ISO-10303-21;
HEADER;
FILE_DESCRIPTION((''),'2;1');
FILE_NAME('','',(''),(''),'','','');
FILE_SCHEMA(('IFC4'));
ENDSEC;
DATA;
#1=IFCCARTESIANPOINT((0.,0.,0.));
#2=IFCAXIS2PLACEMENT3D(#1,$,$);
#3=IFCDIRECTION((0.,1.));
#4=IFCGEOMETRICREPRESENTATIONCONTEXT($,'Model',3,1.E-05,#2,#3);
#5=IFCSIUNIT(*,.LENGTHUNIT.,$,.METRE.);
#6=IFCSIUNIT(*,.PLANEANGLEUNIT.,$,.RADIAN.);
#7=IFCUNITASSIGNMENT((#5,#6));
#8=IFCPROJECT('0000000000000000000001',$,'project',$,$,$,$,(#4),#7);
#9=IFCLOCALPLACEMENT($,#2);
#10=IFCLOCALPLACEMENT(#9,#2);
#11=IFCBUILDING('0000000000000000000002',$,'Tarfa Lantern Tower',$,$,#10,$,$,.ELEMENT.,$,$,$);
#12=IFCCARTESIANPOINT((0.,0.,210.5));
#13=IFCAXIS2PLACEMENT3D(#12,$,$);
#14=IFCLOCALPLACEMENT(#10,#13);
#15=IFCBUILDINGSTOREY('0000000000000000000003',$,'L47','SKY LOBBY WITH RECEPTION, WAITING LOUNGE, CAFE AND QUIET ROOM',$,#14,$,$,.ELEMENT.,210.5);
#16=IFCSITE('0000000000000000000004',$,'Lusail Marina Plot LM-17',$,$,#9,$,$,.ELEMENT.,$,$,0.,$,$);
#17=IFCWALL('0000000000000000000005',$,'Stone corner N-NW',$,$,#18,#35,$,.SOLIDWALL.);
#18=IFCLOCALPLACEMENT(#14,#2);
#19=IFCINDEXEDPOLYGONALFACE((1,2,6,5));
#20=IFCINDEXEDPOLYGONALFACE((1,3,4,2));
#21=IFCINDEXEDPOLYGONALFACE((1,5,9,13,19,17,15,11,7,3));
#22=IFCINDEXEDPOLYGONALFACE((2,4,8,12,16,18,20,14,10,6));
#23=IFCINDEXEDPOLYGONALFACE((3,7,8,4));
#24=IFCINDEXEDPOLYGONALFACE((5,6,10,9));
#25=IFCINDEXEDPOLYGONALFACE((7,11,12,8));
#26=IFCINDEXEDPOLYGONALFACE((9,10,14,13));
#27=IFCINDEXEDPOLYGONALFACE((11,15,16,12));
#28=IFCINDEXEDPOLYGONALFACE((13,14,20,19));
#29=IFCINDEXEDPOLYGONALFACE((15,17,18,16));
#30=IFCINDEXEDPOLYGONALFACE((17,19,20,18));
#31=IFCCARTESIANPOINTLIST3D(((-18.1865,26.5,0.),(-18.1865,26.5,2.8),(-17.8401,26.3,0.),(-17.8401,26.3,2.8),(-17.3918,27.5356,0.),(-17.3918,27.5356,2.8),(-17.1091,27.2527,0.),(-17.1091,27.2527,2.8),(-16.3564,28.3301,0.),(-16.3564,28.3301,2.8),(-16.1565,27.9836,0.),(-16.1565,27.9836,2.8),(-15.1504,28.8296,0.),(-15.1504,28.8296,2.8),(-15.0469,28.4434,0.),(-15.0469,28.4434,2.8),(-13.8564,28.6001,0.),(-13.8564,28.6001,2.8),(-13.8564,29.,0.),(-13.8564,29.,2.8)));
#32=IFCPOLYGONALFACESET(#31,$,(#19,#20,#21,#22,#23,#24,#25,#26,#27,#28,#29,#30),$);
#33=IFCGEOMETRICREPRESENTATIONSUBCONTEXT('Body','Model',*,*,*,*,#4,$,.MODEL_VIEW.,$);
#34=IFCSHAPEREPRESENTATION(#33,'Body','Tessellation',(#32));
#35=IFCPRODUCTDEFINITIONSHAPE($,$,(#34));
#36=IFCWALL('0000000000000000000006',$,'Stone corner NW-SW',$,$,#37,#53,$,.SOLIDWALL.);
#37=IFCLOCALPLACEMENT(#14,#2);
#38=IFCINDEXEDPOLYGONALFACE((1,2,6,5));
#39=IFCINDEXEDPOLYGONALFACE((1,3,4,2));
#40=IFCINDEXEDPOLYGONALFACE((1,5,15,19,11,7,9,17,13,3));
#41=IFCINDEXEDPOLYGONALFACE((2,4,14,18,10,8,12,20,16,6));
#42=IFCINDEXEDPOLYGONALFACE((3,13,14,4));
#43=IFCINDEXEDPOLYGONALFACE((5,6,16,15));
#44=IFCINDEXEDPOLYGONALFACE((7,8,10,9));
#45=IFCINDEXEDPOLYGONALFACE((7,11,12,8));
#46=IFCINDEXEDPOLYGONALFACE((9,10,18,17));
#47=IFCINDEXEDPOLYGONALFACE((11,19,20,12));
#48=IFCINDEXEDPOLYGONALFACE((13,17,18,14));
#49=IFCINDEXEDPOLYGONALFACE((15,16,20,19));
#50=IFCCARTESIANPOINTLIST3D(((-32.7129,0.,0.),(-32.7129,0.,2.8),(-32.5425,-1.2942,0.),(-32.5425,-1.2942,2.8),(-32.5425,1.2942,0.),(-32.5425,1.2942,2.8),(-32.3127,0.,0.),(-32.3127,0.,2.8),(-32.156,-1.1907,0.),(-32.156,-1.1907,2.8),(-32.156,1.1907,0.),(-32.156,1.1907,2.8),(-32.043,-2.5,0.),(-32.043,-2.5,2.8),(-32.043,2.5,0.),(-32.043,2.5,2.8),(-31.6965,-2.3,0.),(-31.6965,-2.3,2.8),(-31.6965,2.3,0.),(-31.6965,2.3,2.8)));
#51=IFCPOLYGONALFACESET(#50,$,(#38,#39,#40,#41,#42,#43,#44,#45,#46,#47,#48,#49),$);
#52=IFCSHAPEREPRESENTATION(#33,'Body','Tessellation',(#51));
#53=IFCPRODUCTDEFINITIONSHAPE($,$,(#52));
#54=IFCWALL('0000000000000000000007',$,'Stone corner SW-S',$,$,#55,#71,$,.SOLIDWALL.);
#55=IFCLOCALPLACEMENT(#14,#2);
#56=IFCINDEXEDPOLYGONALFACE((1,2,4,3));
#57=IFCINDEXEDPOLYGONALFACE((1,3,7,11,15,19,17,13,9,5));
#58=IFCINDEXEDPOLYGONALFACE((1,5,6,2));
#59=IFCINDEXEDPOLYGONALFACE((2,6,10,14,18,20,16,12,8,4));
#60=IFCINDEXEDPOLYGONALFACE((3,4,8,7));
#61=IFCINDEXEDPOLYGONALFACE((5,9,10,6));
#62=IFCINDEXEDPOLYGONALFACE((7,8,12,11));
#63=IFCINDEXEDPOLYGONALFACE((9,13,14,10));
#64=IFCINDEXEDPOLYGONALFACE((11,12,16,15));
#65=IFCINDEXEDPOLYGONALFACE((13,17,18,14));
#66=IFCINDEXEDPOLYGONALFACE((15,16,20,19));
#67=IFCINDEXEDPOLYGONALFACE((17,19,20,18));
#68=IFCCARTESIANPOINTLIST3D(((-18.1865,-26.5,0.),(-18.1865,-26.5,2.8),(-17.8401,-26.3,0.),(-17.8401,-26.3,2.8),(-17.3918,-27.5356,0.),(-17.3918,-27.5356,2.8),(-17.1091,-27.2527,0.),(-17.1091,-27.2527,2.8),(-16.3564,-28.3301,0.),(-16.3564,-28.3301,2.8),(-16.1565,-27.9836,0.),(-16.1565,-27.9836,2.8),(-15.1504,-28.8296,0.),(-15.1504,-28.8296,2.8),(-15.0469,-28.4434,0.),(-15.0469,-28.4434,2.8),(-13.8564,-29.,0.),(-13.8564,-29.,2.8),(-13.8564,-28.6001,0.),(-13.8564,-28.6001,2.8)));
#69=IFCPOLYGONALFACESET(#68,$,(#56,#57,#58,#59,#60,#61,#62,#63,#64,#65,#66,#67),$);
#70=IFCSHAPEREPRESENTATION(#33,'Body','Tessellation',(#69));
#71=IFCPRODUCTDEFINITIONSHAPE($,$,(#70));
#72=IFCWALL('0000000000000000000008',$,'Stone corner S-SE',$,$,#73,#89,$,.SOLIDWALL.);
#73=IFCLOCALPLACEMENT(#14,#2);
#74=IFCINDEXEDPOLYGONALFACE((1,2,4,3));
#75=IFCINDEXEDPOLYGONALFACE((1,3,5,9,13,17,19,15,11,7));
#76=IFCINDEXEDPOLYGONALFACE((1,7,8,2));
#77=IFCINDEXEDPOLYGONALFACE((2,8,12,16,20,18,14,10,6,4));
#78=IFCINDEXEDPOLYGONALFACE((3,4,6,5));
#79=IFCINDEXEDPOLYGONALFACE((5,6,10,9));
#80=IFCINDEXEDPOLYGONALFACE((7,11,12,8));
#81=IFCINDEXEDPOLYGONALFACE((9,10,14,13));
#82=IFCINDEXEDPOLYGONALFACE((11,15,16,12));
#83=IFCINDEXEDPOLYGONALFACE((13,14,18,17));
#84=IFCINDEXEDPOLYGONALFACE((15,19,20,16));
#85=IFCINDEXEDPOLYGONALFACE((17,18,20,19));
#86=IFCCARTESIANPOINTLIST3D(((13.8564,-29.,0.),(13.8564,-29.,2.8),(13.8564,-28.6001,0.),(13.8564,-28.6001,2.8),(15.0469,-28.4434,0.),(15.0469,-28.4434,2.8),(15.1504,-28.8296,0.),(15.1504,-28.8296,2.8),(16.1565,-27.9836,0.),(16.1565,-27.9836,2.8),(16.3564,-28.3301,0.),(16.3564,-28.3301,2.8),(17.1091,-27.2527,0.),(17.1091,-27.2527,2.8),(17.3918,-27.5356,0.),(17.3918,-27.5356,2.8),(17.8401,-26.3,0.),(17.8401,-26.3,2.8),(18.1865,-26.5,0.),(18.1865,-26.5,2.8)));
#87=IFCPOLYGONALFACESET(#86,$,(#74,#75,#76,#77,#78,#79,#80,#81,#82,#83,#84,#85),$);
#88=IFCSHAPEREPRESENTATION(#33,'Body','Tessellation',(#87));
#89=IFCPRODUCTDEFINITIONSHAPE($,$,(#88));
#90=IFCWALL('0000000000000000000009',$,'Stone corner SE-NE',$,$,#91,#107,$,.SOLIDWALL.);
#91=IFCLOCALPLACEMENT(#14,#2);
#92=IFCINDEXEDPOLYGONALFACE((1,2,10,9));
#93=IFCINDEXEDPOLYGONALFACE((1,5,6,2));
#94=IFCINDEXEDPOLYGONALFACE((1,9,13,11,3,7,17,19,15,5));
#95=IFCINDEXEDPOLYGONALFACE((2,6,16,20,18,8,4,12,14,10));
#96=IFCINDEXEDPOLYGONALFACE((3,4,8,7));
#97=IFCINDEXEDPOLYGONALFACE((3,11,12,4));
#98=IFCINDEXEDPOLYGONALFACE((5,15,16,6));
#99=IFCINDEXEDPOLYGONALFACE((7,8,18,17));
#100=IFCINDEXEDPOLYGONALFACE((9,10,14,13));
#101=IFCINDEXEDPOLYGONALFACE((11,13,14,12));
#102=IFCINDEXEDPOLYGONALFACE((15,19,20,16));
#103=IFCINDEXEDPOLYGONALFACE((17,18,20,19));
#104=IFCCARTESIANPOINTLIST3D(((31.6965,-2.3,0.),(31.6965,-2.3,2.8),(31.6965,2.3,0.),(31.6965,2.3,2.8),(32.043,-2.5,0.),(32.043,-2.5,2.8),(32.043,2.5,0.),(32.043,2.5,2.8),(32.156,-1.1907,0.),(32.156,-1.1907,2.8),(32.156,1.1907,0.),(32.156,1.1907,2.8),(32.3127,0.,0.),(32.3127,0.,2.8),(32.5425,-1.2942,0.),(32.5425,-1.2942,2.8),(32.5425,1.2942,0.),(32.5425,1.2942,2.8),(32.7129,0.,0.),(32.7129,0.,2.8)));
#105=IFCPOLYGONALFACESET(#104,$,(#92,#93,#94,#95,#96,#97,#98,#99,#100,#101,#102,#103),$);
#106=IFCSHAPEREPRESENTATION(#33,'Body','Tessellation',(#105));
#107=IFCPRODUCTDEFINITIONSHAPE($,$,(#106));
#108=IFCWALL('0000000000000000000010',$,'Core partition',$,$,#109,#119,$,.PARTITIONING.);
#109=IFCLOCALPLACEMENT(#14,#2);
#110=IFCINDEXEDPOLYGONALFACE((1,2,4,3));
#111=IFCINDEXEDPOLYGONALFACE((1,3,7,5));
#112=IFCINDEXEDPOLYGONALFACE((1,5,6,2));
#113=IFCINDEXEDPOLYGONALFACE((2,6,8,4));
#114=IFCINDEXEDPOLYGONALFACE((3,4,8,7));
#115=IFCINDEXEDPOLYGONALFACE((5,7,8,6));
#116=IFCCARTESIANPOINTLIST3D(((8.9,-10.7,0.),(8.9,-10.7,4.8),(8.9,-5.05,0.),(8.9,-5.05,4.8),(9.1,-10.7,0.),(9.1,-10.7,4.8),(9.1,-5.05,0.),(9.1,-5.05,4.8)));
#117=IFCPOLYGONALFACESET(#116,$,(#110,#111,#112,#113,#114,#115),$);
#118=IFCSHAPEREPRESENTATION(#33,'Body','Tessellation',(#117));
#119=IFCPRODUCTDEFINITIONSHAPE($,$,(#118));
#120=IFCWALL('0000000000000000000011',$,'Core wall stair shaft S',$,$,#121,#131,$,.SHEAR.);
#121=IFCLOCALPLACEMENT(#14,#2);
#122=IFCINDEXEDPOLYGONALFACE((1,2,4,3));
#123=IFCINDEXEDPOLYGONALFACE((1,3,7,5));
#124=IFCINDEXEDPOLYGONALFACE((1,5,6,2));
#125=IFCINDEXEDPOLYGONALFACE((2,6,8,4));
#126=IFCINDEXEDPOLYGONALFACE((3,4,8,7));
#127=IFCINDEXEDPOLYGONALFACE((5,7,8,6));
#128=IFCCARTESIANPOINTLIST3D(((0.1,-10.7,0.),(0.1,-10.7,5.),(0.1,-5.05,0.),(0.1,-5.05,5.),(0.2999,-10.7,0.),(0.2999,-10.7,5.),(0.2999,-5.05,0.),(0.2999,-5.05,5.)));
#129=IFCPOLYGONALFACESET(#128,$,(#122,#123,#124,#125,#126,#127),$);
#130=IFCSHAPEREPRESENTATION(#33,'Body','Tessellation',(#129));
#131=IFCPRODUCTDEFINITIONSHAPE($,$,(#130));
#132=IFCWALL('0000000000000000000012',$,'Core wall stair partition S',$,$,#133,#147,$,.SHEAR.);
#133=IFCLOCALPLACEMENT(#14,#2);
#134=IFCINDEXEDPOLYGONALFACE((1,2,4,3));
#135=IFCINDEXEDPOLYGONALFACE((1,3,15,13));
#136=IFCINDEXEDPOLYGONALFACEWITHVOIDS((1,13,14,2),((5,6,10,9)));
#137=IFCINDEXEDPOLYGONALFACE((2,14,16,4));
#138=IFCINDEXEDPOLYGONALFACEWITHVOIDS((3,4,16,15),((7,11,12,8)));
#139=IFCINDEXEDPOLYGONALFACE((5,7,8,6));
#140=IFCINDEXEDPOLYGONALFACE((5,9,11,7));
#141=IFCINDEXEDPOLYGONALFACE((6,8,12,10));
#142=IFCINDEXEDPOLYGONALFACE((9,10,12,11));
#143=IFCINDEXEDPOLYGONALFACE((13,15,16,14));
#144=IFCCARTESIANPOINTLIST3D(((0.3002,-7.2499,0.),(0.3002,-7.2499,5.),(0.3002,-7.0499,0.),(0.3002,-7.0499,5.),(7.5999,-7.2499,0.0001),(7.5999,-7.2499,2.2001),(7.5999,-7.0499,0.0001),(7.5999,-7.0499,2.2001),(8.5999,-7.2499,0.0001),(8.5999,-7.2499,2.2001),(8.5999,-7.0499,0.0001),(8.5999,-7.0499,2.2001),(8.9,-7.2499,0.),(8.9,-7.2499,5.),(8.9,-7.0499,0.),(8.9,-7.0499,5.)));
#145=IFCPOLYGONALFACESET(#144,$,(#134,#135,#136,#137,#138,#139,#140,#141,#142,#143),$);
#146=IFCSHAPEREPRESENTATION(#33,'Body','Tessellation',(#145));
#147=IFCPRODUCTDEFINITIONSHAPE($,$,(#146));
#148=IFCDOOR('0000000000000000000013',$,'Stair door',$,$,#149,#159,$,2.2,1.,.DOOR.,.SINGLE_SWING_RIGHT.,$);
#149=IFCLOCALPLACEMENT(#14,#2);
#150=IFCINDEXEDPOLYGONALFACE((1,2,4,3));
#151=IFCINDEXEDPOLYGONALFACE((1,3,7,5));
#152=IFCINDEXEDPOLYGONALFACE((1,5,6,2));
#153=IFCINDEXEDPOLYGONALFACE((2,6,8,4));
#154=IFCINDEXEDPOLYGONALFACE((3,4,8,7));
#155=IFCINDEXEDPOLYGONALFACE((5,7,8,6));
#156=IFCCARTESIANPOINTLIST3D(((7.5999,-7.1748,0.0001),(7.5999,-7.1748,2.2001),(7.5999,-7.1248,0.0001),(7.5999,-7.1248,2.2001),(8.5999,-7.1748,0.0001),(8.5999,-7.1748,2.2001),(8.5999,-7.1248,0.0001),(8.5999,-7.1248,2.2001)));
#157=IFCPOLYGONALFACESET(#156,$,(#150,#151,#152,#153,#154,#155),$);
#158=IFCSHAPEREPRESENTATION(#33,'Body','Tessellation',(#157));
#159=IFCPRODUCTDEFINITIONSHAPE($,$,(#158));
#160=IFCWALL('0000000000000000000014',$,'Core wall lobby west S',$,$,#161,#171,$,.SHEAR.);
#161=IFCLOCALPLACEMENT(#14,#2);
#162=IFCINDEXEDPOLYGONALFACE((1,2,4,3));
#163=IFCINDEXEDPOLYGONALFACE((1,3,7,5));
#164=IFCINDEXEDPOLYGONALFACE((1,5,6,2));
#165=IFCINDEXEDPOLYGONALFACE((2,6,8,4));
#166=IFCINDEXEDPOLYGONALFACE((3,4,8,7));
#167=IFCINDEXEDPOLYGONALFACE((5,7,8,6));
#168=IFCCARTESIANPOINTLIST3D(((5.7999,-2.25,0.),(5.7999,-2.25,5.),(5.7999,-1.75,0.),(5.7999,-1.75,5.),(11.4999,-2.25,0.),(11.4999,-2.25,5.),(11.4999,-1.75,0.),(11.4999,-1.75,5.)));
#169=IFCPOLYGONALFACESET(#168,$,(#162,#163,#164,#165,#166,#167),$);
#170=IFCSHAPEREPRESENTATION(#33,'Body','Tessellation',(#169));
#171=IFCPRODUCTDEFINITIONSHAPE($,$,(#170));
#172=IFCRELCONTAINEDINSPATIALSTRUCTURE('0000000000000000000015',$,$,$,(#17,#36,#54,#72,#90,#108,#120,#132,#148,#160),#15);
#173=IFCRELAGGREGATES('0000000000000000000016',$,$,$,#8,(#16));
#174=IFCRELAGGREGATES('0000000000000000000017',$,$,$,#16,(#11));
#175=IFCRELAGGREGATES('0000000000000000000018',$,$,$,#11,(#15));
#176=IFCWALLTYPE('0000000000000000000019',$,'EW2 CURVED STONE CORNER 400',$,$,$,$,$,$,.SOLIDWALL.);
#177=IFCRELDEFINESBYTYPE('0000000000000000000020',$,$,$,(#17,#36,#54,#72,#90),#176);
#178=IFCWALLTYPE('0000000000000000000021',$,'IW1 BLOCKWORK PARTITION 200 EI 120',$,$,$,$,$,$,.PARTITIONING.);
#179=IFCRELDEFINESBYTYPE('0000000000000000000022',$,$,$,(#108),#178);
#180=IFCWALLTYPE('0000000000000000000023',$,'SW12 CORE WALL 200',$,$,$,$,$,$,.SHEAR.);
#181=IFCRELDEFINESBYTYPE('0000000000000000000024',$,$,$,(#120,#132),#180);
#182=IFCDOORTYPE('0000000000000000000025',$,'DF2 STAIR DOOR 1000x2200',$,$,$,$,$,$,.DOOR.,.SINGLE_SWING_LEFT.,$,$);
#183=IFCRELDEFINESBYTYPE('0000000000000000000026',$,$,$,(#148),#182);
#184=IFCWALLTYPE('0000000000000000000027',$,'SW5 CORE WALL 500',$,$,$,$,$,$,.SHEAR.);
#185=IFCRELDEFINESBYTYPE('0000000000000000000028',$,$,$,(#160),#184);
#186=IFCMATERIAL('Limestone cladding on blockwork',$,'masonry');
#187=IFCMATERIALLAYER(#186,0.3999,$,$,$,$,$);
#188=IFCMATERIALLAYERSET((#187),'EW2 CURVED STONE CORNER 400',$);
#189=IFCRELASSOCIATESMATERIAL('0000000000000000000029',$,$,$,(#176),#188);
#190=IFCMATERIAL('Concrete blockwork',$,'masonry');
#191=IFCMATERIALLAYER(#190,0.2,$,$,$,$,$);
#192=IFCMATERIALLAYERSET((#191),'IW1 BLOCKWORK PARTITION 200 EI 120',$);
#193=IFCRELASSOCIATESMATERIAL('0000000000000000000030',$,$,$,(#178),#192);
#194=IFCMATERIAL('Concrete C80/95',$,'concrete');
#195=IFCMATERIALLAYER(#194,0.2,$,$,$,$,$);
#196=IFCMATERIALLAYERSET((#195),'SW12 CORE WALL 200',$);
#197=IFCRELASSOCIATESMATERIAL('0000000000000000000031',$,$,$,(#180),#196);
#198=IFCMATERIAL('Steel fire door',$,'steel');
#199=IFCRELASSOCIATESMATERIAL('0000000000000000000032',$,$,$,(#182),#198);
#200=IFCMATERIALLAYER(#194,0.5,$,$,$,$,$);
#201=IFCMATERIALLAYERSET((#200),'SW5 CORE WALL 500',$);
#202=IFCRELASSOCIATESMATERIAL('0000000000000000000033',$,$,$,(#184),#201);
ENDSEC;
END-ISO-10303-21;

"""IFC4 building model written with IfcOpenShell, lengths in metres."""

from ifc_helpers import new_model, si_unit, direction, frame, frame_2d, origin, place, context, subcontext, project, spatial, polyline, rectangle, outline, extrude, material, layer, layer_set, type_object, element, fill, save


model = new_model("IFC4")

# Units and contexts
model_context = context("Model", 3, precision=1e-05, world=origin(), true_north=direction((0.0, 1.0)))
body_context = subcontext(model_context, "Body", "Model", "MODEL_VIEW")
ifc_project = project(units=[si_unit("LENGTHUNIT", "METRE"), si_unit("PLANEANGLEUNIT", "RADIAN")], contexts=[model_context])

# Site, building, storey
site_placement = place(None, origin())
site = spatial("IfcSite", under=ifc_project, at=site_placement, Name="Lusail Marina Plot LM-17", CompositionType="ELEMENT", RefElevation=0.0)
building_placement = place(site_placement, origin())
building = spatial("IfcBuilding", under=site, at=building_placement, Name="Tarfa Lantern Tower", CompositionType="ELEMENT")
storey_placement = place(building_placement, frame((0.0, 0.0, 210.5)))
storey = spatial("IfcBuildingStorey", under=building, at=storey_placement, Name="L47", Description="SKY LOBBY WITH RECEPTION, WAITING LOUNGE, CAFE AND QUIET ROOM", CompositionType="ELEMENT", Elevation=210.5)

# Walls
ifc_material_1 = material(Name="Limestone cladding on blockwork", Category="masonry")
ifc_layer_1 = layer(ifc_material_1, 0.3999)
ifc_layer_set_1 = layer_set([ifc_layer_1], Name="EW2 CURVED STONE CORNER 400")
wall_type_1 = type_object("IfcWallType", Name="EW2 CURVED STONE CORNER 400", PredefinedType="SOLIDWALL", material=ifc_layer_set_1)
wall_1_placement = place(storey_placement, origin())
element("IfcWall", 1, at=wall_1_placement, inside=storey, type_object=wall_type_1, Name="Stone corner N-NW", PredefinedType="SOLIDWALL", context=body_context, shape_type="SweptSolid", body=[
    extrude(outline(polyline([(-13.8564, 29.0), (-15.1504, 28.8296), (-16.3564, 28.3301), (-17.3918, 27.5356), (-18.1865, 26.5), (-17.8401, 26.3), (-17.1091, 27.2527), (-16.1565, 27.9836), (-15.0469, 28.4434), (-13.8564, 28.6001), (-13.8564, 29.0)])), origin(), (0.0, 0.0, 1.0), 2.8),
])
wall_2_placement = place(storey_placement, origin())
element("IfcWall", 2, at=wall_2_placement, inside=storey, type_object=wall_type_1, Name="Stone corner NW-SW", PredefinedType="SOLIDWALL", context=body_context, shape_type="SweptSolid", body=[
    extrude(outline(polyline([(-32.043, 2.5), (-32.5425, 1.2942), (-32.7129, 0.0), (-32.5425, -1.2942), (-32.043, -2.5), (-31.6965, -2.3), (-32.156, -1.1907), (-32.3127, 0.0), (-32.156, 1.1907), (-31.6965, 2.3), (-32.043, 2.5)])), origin(), (0.0, 0.0, 1.0), 2.8),
])
wall_3_placement = place(storey_placement, origin())
element("IfcWall", 3, at=wall_3_placement, inside=storey, type_object=wall_type_1, Name="Stone corner SW-S", PredefinedType="SOLIDWALL", context=body_context, shape_type="SweptSolid", body=[
    extrude(outline(polyline([(-18.1865, -26.5), (-17.3918, -27.5356), (-16.3564, -28.3301), (-15.1504, -28.8296), (-13.8564, -29.0), (-13.8564, -28.6001), (-15.0469, -28.4434), (-16.1565, -27.9836), (-17.1091, -27.2527), (-17.8401, -26.3), (-18.1865, -26.5)])), origin(), (0.0, 0.0, 1.0), 2.8),
])
wall_4_placement = place(storey_placement, origin())
element("IfcWall", 4, at=wall_4_placement, inside=storey, type_object=wall_type_1, Name="Stone corner S-SE", PredefinedType="SOLIDWALL", context=body_context, shape_type="SweptSolid", body=[
    extrude(outline(polyline([(13.8564, -29.0), (15.1504, -28.8296), (16.3564, -28.3301), (17.3918, -27.5356), (18.1865, -26.5), (17.8401, -26.3), (17.1091, -27.2527), (16.1565, -27.9836), (15.0469, -28.4434), (13.8564, -28.6001), (13.8564, -29.0)])), origin(), (0.0, 0.0, 1.0), 2.8),
])
wall_5_placement = place(storey_placement, origin())
element("IfcWall", 5, at=wall_5_placement, inside=storey, type_object=wall_type_1, Name="Stone corner SE-NE", PredefinedType="SOLIDWALL", context=body_context, shape_type="SweptSolid", body=[
    extrude(outline(polyline([(32.043, -2.5), (32.5425, -1.2942), (32.7129, 0.0), (32.5425, 1.2942), (32.043, 2.5), (31.6965, 2.3), (32.156, 1.1907), (32.3127, 0.0), (32.156, -1.1907), (31.6965, -2.3), (32.043, -2.5)])), origin(), (0.0, 0.0, 1.0), 2.8),
])
ifc_material_2 = material(Name="Concrete blockwork", Category="masonry")
ifc_layer_2 = layer(ifc_material_2, 0.2)
ifc_layer_set_2 = layer_set([ifc_layer_2], Name="IW1 BLOCKWORK PARTITION 200 EI 120")
wall_type_2 = type_object("IfcWallType", Name="IW1 BLOCKWORK PARTITION 200 EI 120", PredefinedType="PARTITIONING", material=ifc_layer_set_2)
wall_6_placement = place(storey_placement, frame((9.0, -5.05, 0.0), z_axis=(0.0, 0.0, 1.0), x_axis=(0.0, -1.0, 0.0)))
element("IfcWall", 6, at=wall_6_placement, inside=storey, type_object=wall_type_2, Name="Core partition", PredefinedType="PARTITIONING", context=body_context, shape_type="SweptSolid", body=[
    extrude(rectangle(XDim=5.6499, YDim=0.2, at=frame_2d((2.825, 0.0))), origin(), (0.0, 0.0, 1.0), 4.8),
])
ifc_material_3 = material(Name="Concrete C80/95", Category="concrete")
ifc_layer_3 = layer(ifc_material_3, 0.2)
ifc_layer_set_3 = layer_set([ifc_layer_3], Name="SW12 CORE WALL 200")
wall_type_3 = type_object("IfcWallType", Name="SW12 CORE WALL 200", PredefinedType="SHEAR", material=ifc_layer_set_3)
wall_7_placement = place(storey_placement, frame((0.2, -5.05, 0.0), z_axis=(0.0, 0.0, 1.0), x_axis=(0.0, -1.0, 0.0)))
element("IfcWall", 7, at=wall_7_placement, inside=storey, type_object=wall_type_3, Name="Core wall stair shaft S", PredefinedType="SHEAR", context=body_context, shape_type="SweptSolid", body=[
    extrude(rectangle(XDim=5.6499, YDim=0.2, at=frame_2d((2.825, 0.0))), origin(), (0.0, 0.0, 1.0), 5.0),
])

# Wall, opening, door
wall_8_placement = place(storey_placement, frame((8.8999, -7.1499, 0.0), z_axis=(0.0, 0.0, 1.0), x_axis=(-1.0, 0.0, 0.0)))
wall_8 = element("IfcWall", 8, at=wall_8_placement, inside=storey, type_object=wall_type_3, Name="Core wall stair partition S", PredefinedType="SHEAR", context=body_context, shape_type="SweptSolid", body=[
    extrude(rectangle(XDim=8.5999, YDim=0.2, at=frame_2d((4.2998, 0.0))), origin(), (0.0, 0.0, 1.0), 5.0),
])
opening_1_placement = place(wall_8_placement, frame((0.3, 0.0, 0.0)))
opening_1 = element("IfcOpeningElement", 9, at=opening_1_placement, cuts=wall_8, PredefinedType="OPENING", context=body_context, shape_type="SweptSolid", body=[
    extrude(rectangle(XDim=1.0, YDim=2.2, at=frame_2d((0.5, 1.1001))), frame((0.0, 0.1099, 0.0), z_axis=(0.0, -1.0, 0.0), x_axis=(1.0, 0.0, 0.0)), (0.0, 0.0, 1.0), 0.22),
])
ifc_material_4 = material(Name="Steel fire door", Category="steel")
door_type_1 = type_object("IfcDoorType", Name="DF2 STAIR DOOR 1000x2200", OperationType="SINGLE_SWING_LEFT", PredefinedType="DOOR", material=ifc_material_4)
door_1_placement = place(opening_1_placement, origin())
door_1 = element("IfcDoor", 10, at=door_1_placement, inside=storey, type_object=door_type_1, Name="Stair door", OperationType="SINGLE_SWING_RIGHT", OverallHeight=2.2, OverallWidth=1.0, PredefinedType="DOOR", context=body_context, shape_type="SweptSolid", body=[
    extrude(rectangle(XDim=1.0, YDim=2.2, at=frame_2d((0.5, 1.1001))), frame((0.0, 0.0249, 0.0), z_axis=(0.0, -1.0, 0.0), x_axis=(1.0, 0.0, 0.0)), (0.0, 0.0, 1.0), 0.05),
])
fill(opening_1, door_1)

# Wall
ifc_layer_4 = layer(ifc_material_3, 0.5)
ifc_layer_set_4 = layer_set([ifc_layer_4], Name="SW5 CORE WALL 500")
wall_type_4 = type_object("IfcWallType", Name="SW5 CORE WALL 500", PredefinedType="SHEAR", material=ifc_layer_set_4)
wall_9_placement = place(storey_placement, frame((11.5, -2.0, 0.0), z_axis=(0.0, 0.0, 1.0), x_axis=(-1.0, 0.0, 0.0)))
element("IfcWall", 11, at=wall_9_placement, inside=storey, type_object=wall_type_4, Name="Core wall lobby west S", PredefinedType="SHEAR", context=body_context, shape_type="SweptSolid", body=[
    extrude(rectangle(XDim=5.7, YDim=0.5, at=frame_2d((2.8501, 0.0))), origin(), (0.0, 0.0, 1.0), 5.0),
])

save(model, "model.ifc")
